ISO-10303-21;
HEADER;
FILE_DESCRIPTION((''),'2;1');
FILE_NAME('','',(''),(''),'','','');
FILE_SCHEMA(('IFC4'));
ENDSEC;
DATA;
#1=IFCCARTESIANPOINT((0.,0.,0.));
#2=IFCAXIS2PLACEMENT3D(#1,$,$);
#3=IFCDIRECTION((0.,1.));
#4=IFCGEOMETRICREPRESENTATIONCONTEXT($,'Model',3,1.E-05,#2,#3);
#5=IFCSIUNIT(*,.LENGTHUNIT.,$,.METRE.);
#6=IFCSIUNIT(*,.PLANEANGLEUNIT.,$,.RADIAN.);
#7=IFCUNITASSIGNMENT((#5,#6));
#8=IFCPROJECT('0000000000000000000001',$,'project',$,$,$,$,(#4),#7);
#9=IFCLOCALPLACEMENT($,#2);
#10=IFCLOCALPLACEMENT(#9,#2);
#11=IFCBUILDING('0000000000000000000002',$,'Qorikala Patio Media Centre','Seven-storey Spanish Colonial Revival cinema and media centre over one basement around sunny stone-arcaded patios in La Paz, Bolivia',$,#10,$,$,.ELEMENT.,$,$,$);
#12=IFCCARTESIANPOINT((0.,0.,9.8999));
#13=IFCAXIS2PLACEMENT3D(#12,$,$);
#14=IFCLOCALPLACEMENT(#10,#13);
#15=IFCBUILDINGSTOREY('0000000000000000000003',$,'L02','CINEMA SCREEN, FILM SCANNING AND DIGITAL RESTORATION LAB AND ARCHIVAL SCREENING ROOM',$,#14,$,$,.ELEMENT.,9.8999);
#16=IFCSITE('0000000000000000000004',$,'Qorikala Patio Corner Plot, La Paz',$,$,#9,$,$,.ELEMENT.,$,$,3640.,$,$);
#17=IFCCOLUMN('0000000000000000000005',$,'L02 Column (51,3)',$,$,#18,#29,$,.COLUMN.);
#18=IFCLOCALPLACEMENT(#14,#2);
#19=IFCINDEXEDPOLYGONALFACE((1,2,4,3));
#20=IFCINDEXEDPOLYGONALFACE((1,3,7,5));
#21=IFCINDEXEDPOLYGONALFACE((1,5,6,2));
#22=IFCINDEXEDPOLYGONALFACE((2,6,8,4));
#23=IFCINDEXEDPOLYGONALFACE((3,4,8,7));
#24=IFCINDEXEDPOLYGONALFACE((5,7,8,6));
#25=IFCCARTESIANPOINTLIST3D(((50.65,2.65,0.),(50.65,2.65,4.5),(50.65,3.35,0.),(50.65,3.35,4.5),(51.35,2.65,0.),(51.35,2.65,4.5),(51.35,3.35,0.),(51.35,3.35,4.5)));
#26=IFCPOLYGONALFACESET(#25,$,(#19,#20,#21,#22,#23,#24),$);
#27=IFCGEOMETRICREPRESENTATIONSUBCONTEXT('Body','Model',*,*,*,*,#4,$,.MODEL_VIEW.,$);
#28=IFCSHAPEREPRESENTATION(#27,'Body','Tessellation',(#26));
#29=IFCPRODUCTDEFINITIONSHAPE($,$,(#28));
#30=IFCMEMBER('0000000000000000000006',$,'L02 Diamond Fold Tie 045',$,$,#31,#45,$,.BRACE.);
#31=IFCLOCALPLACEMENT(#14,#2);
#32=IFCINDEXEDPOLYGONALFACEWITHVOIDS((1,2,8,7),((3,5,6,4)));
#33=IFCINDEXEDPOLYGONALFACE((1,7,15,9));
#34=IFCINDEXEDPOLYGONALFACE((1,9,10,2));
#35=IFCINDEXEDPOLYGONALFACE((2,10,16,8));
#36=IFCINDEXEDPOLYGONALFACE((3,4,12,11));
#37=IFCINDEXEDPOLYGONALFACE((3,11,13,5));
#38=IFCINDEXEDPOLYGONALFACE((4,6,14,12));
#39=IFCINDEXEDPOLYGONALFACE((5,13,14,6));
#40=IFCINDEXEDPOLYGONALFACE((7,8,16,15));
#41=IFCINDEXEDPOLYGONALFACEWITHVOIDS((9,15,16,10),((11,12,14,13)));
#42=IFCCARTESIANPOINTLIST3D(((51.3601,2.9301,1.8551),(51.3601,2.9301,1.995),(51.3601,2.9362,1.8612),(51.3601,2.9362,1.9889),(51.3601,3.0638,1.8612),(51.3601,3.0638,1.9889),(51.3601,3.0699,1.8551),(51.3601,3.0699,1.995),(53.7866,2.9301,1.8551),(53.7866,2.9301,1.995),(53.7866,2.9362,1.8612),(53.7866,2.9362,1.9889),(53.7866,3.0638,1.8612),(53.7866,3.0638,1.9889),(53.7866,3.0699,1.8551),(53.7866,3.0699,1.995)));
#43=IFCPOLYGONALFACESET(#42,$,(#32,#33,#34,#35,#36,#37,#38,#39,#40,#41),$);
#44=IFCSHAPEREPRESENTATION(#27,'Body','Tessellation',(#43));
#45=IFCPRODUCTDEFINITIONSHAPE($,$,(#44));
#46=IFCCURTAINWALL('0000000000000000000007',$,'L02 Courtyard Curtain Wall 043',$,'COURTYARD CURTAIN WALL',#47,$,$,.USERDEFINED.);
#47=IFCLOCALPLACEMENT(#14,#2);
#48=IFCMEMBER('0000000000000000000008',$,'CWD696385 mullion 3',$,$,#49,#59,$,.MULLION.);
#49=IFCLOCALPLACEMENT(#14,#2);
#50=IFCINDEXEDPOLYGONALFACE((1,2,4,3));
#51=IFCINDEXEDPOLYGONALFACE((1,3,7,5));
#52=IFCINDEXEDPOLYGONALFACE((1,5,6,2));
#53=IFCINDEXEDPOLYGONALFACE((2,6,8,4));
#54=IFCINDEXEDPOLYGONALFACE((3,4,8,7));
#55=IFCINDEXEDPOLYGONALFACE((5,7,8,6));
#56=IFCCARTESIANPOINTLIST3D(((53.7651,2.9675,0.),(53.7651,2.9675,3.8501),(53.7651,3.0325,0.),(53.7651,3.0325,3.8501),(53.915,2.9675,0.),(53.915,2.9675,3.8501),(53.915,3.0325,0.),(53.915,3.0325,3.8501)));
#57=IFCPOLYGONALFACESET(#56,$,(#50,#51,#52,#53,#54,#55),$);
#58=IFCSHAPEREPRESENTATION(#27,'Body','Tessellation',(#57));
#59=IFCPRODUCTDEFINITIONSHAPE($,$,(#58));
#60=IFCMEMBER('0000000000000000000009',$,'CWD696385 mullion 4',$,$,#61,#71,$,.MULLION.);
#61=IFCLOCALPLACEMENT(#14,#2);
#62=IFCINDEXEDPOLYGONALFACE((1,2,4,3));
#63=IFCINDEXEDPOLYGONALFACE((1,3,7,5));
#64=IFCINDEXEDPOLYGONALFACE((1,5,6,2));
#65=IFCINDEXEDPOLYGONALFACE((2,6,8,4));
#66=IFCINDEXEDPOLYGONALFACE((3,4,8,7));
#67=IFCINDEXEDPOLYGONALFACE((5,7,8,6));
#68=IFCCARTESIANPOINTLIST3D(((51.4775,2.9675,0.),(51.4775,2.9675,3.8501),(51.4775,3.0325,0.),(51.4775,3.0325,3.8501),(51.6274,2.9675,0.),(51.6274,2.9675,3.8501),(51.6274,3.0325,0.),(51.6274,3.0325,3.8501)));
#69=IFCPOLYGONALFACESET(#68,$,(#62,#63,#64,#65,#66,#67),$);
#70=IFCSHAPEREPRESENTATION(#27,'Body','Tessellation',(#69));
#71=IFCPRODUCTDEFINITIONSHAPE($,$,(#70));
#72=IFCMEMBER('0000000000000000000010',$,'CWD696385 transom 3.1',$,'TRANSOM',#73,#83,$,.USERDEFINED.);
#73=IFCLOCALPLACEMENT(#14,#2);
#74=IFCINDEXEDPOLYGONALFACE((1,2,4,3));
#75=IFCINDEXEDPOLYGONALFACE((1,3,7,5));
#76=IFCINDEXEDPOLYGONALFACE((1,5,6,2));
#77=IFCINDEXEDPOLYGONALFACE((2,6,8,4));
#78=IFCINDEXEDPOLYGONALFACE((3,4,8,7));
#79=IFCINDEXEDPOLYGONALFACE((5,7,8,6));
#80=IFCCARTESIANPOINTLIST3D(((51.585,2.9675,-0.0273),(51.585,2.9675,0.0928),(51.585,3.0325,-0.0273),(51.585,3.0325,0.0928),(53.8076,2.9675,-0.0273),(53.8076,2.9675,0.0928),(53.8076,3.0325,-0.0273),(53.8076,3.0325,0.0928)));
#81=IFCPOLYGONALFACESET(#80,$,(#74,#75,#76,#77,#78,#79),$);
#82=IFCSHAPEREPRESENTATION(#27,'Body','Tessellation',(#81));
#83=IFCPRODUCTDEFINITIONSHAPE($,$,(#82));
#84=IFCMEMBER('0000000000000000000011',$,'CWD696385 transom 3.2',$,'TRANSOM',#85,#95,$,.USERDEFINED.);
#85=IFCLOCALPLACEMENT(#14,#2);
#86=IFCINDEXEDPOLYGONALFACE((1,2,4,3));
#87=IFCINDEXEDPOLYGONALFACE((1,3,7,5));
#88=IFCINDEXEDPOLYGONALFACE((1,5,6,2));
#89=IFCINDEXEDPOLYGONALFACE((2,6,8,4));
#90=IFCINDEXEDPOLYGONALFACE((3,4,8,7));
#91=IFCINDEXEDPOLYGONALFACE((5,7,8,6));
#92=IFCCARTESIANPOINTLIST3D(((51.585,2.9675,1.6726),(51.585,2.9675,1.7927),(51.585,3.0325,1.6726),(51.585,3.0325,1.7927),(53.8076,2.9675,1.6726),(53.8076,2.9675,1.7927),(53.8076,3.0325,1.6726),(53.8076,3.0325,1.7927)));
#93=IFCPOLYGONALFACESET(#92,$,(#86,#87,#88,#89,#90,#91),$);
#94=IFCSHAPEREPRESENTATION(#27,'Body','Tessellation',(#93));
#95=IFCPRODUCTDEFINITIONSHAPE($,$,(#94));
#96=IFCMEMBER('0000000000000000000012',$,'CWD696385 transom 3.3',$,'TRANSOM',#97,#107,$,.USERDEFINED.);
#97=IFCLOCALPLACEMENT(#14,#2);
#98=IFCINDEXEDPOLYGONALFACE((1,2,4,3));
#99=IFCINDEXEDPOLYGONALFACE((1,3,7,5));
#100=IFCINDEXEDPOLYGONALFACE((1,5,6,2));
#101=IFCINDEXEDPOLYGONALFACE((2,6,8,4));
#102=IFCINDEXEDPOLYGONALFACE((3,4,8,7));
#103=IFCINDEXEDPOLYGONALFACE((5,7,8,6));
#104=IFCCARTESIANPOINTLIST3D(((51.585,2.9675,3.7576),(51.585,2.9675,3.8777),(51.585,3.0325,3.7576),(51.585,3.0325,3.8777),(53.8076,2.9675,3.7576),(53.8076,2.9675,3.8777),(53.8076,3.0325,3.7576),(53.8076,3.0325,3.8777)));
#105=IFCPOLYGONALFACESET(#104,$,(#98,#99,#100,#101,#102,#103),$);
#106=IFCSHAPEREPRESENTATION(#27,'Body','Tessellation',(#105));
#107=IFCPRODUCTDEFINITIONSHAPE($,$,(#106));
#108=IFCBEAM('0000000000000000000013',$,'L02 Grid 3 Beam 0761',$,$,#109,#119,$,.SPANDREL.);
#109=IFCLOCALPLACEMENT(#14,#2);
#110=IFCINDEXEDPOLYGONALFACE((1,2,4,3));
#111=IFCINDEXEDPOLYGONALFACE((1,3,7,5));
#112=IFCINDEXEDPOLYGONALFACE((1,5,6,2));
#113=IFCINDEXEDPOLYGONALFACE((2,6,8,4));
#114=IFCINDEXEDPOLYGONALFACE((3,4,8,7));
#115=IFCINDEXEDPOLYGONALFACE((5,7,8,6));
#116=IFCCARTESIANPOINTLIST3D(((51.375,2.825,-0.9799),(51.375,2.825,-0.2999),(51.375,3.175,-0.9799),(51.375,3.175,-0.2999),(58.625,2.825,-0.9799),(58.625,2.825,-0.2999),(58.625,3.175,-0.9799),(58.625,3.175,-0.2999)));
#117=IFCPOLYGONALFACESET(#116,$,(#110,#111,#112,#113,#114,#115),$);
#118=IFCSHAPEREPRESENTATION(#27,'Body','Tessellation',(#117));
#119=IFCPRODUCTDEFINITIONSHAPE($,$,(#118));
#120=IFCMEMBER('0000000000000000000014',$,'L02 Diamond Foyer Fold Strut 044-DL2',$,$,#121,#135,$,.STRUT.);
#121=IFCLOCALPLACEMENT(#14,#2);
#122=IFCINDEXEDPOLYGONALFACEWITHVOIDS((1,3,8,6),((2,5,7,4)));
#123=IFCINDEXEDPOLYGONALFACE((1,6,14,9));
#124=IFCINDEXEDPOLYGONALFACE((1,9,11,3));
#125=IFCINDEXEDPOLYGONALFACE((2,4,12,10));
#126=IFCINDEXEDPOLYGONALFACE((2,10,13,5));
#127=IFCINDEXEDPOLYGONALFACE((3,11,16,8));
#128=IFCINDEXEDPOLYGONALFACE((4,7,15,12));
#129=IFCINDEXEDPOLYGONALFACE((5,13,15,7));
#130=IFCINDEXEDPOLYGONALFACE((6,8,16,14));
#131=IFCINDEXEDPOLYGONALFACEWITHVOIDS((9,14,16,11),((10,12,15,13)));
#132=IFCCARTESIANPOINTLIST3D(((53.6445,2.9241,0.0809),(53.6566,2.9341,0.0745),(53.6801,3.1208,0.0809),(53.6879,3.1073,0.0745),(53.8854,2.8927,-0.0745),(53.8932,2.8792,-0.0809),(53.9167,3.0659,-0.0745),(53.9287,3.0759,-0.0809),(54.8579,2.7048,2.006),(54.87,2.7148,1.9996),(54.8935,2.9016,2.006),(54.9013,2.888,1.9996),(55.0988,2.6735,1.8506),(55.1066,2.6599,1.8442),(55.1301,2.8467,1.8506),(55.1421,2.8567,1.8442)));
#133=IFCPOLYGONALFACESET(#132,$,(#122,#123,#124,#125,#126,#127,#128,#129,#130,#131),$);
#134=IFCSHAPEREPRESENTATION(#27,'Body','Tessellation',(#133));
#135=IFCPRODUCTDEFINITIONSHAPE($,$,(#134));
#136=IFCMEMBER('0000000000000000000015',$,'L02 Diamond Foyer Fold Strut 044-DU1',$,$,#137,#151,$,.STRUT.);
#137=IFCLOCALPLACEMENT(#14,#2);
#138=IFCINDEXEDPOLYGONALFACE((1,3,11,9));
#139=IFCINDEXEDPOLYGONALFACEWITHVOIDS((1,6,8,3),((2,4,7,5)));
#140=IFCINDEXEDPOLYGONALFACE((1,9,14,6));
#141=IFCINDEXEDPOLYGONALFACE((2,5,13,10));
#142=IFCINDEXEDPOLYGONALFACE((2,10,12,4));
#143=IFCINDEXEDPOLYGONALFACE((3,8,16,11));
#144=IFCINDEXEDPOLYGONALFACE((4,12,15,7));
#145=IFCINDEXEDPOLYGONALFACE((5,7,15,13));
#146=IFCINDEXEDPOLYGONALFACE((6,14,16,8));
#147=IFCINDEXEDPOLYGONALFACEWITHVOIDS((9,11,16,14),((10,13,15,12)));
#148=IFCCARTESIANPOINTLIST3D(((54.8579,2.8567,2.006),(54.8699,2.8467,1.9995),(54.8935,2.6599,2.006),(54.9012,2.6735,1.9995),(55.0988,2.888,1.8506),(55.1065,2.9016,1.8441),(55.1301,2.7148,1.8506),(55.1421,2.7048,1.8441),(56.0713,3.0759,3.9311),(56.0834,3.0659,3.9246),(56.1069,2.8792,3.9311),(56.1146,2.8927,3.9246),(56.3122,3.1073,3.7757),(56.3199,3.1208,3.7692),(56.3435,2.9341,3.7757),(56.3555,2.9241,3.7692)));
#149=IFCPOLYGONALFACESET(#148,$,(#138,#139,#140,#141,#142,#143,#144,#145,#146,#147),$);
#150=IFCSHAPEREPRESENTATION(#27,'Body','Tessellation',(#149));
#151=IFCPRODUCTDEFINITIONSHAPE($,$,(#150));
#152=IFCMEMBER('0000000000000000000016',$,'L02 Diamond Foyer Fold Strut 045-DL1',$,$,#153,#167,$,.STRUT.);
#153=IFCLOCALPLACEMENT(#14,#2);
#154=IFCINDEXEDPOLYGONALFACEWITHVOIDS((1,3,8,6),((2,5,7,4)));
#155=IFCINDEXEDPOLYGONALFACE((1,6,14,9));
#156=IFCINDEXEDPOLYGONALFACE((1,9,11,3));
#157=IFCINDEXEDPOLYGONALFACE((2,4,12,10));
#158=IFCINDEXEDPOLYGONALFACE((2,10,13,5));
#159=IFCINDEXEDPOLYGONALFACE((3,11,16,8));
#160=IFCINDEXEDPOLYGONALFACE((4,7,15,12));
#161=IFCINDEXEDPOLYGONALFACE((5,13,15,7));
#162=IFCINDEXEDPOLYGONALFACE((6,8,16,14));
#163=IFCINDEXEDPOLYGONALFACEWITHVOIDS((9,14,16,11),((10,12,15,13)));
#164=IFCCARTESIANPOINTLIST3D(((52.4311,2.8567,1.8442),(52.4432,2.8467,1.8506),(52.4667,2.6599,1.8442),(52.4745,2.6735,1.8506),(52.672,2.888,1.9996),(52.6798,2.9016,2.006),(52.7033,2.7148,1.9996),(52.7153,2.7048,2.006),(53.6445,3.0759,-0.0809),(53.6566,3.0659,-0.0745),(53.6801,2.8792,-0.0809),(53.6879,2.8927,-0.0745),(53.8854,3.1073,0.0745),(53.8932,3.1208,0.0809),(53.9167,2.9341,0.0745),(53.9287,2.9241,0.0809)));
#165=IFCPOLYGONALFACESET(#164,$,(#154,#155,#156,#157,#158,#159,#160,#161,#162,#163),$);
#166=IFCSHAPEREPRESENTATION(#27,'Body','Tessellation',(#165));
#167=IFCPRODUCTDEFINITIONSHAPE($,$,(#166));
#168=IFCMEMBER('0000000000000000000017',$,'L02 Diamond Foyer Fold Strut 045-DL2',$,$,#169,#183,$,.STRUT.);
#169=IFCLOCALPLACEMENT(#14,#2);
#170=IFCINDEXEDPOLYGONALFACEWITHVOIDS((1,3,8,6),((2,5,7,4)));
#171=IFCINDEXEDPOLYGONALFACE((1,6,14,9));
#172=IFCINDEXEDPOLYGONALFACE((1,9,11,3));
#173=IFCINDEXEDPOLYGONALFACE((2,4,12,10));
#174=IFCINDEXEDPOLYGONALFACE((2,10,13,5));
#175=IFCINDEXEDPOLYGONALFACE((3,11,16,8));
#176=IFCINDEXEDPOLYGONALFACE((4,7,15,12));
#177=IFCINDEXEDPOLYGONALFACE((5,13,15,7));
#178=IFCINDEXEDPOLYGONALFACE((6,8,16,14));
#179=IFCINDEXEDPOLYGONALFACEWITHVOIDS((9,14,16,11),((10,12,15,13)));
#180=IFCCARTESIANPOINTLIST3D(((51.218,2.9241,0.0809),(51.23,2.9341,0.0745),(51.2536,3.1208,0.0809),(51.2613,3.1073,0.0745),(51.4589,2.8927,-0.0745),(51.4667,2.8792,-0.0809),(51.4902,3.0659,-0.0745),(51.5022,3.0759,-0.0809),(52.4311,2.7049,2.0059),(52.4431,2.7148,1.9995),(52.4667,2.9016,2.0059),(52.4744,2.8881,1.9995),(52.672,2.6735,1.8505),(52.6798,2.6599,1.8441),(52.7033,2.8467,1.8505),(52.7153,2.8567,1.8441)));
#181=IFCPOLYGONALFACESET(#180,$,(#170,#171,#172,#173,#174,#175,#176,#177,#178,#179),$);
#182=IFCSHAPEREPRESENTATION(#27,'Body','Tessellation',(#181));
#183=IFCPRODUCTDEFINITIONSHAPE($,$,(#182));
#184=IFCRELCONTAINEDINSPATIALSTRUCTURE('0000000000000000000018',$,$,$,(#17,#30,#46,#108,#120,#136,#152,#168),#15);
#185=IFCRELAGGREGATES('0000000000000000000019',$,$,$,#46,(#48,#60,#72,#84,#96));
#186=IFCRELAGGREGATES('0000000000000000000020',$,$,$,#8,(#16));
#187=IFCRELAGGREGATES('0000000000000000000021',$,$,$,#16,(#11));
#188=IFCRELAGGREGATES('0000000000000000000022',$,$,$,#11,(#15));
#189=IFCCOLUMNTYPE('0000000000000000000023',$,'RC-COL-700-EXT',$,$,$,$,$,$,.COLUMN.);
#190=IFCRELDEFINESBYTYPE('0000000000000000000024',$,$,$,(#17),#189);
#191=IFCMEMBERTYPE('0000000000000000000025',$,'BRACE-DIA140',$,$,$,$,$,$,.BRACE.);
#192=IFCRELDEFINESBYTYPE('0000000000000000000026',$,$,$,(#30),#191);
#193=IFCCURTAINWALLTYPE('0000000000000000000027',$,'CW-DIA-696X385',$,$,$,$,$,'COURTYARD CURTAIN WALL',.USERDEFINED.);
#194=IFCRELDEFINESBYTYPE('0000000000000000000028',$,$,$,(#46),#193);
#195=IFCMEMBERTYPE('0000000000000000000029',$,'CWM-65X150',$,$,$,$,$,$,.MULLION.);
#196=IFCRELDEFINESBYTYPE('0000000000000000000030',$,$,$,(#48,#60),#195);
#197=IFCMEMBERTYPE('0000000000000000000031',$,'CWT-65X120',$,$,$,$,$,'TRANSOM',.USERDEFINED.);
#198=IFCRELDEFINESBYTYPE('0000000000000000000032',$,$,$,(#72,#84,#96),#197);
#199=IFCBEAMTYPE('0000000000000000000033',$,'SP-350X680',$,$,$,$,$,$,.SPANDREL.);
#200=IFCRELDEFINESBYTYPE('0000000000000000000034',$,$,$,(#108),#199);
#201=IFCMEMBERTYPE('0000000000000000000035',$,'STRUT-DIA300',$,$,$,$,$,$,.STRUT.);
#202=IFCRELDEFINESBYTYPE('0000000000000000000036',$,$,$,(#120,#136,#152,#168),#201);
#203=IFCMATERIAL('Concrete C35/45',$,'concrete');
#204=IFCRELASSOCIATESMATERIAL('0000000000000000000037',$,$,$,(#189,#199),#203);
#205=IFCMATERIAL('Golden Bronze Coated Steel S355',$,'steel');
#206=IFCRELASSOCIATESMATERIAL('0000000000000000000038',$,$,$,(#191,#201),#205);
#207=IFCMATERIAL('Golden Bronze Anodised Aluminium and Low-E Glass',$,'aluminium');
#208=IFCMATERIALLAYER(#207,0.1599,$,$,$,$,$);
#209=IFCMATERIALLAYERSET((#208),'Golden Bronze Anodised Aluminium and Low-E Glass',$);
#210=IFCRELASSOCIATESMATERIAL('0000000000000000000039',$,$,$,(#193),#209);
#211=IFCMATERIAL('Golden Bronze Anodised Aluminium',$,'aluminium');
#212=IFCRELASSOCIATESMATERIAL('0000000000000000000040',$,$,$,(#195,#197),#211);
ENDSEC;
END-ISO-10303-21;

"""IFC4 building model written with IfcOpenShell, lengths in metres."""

from ifc_helpers import new_model, si_unit, direction, frame, origin, origin_2d, place, context, subcontext, project, spatial, rectangle, hollow_rectangle, extrude, material, layer, layer_set, material_profile, profile_set, type_object, element, aggregate, save


model = new_model("IFC4")

# Units and contexts
model_context = context("Model", 3, precision=1e-05, world=origin(), true_north=direction((0.0, 1.0)))
body_context = subcontext(model_context, "Body", "Model", "MODEL_VIEW")
ifc_project = project(units=[si_unit("LENGTHUNIT", "METRE"), si_unit("PLANEANGLEUNIT", "RADIAN")], contexts=[model_context])

# Site, building, storey
site_placement = place(None, origin())
site = spatial("IfcSite", under=ifc_project, at=site_placement, Name="Qorikala Patio Corner Plot, La Paz", CompositionType="ELEMENT", RefElevation=3640.0)
building_placement = place(site_placement, origin())
building = spatial("IfcBuilding", under=site, at=building_placement, Name="Qorikala Patio Media Centre", Description="Seven-storey Spanish Colonial Revival cinema and media centre over one basement around sunny stone-arcaded patios in La Paz, Bolivia", CompositionType="ELEMENT")
storey_placement = place(building_placement, frame((0.0, 0.0, 9.8999)))
storey = spatial("IfcBuildingStorey", under=building, at=storey_placement, Name="L02", Description="CINEMA SCREEN, FILM SCANNING AND DIGITAL RESTORATION LAB AND ARCHIVAL SCREENING ROOM", CompositionType="ELEMENT", Elevation=9.8999)

# Column
ifc_material_1 = material(Name="Concrete C35/45", Category="concrete")
ifc_material_profile_1 = material_profile(ifc_material_1, rectangle(XDim=0.7, YDim=0.7, at=origin_2d()), Name="RC 700x700")
ifc_profile_set_1 = profile_set([ifc_material_profile_1], Name="Concrete C35/45")
column_type = type_object("IfcColumnType", Name="RC-COL-700-EXT", PredefinedType="COLUMN", material=ifc_profile_set_1)
column_placement = place(storey_placement, frame((51.0, 3.0, 0.0), z_axis=(0.0, 0.0, 1.0), x_axis=(1.0, 0.0, 0.0)))
element("IfcColumn", 1, at=column_placement, inside=storey, type_object=column_type, Name="L02 Column (51,3)", PredefinedType="COLUMN", context=body_context, shape_type="SweptSolid", body=[
    extrude(rectangle(XDim=0.7, YDim=0.7, at=origin_2d()), origin(), (0.0, 0.0, 1.0), 4.5),
])

# Member
ifc_material_2 = material(Name="Golden Bronze Coated Steel S355", Category="steel")
ifc_material_profile_2 = material_profile(ifc_material_2, hollow_rectangle(XDim=0.1399, YDim=0.1399, WallThickness=0.0061, at=origin_2d()), Name="HSS140X140X6")
ifc_profile_set_2 = profile_set([ifc_material_profile_2], Name="Golden Bronze Coated Steel S355")
member_type_1 = type_object("IfcMemberType", Name="BRACE-DIA140", PredefinedType="BRACE", material=ifc_profile_set_2)
member_1_placement = place(storey_placement, frame((53.7866, 3.0, 1.925), z_axis=(-1.0, 0.0, 0.0), x_axis=(0.0, -1.0, 0.0)))
element("IfcMember", 2, at=member_1_placement, inside=storey, type_object=member_type_1, Name="L02 Diamond Fold Tie 045", PredefinedType="BRACE", context=body_context, shape_type="SweptSolid", body=[
    extrude(hollow_rectangle(XDim=0.1399, YDim=0.1399, WallThickness=0.0061, at=origin_2d()), origin(), (0.0, 0.0, 1.0), 2.4265),
])

# Curtain wall, members
ifc_material_3 = material(Name="Golden Bronze Anodised Aluminium and Low-E Glass", Category="aluminium")
ifc_layer_1 = layer(ifc_material_3, 0.1599)
ifc_layer_set_1 = layer_set([ifc_layer_1], Name="Golden Bronze Anodised Aluminium and Low-E Glass")
curtain_wall_type = type_object("IfcCurtainWallType", Name="CW-DIA-696X385", ElementType="COURTYARD CURTAIN WALL", PredefinedType="USERDEFINED", material=ifc_layer_set_1)
curtain_wall_placement = place(storey_placement, origin())
curtain_wall = element("IfcCurtainWall", 3, at=curtain_wall_placement, inside=storey, type_object=curtain_wall_type, Name="L02 Courtyard Curtain Wall 043", ObjectType="COURTYARD CURTAIN WALL", PredefinedType="USERDEFINED")
ifc_material_4 = material(Name="Golden Bronze Anodised Aluminium", Category="aluminium")
ifc_material_profile_3 = material_profile(ifc_material_4, rectangle(XDim=0.0649, YDim=0.1499, at=origin_2d()), Name="ALU MULLION 65x150")
ifc_profile_set_3 = profile_set([ifc_material_profile_3], Name="Golden Bronze Anodised Aluminium")
member_type_2 = type_object("IfcMemberType", Name="CWM-65X150", PredefinedType="MULLION", material=ifc_profile_set_3)
member_2_placement = place(storey_placement, frame((53.8401, 3.0, 0.0), z_axis=(0.0, 0.0, 1.0), x_axis=(0.0, -1.0, 0.0)))
member_2 = element("IfcMember", 4, at=member_2_placement, type_object=member_type_2, Name="CWD696385 mullion 3", PredefinedType="MULLION", context=body_context, shape_type="SweptSolid", body=[
    extrude(rectangle(XDim=0.0649, YDim=0.1499, at=origin_2d()), origin(), (0.0, 0.0, 1.0), 3.8501),
])
member_3_placement = place(storey_placement, frame((51.5525, 3.0, 0.0), z_axis=(0.0, 0.0, 1.0), x_axis=(0.0, -1.0, 0.0)))
member_3 = element("IfcMember", 5, at=member_3_placement, type_object=member_type_2, Name="CWD696385 mullion 4", PredefinedType="MULLION", context=body_context, shape_type="SweptSolid", body=[
    extrude(rectangle(XDim=0.0649, YDim=0.1499, at=origin_2d()), origin(), (0.0, 0.0, 1.0), 3.8501),
])
ifc_material_profile_4 = material_profile(ifc_material_4, rectangle(XDim=0.0649, YDim=0.1201, at=origin_2d()), Name="ALU TRANSOM 65x120")
ifc_profile_set_4 = profile_set([ifc_material_profile_4], Name="Golden Bronze Anodised Aluminium")
member_type_3 = type_object("IfcMemberType", Name="CWT-65X120", ElementType="TRANSOM", PredefinedType="USERDEFINED", material=ifc_profile_set_4)
member_4_placement = place(storey_placement, frame((53.8076, 3.0, 0.0327), z_axis=(-1.0, 0.0, 0.0), x_axis=(0.0, -1.0, 0.0)))
member_4 = element("IfcMember", 6, at=member_4_placement, type_object=member_type_3, Name="CWD696385 transom 3.1", ObjectType="TRANSOM", PredefinedType="USERDEFINED", context=body_context, shape_type="SweptSolid", body=[
    extrude(rectangle(XDim=0.0649, YDim=0.1201, at=origin_2d()), origin(), (0.0, 0.0, 1.0), 2.2227),
])
member_5_placement = place(storey_placement, frame((53.8076, 3.0, 1.7327), z_axis=(-1.0, 0.0, 0.0), x_axis=(0.0, -1.0, 0.0)))
member_5 = element("IfcMember", 7, at=member_5_placement, type_object=member_type_3, Name="CWD696385 transom 3.2", ObjectType="TRANSOM", PredefinedType="USERDEFINED", context=body_context, shape_type="SweptSolid", body=[
    extrude(rectangle(XDim=0.0649, YDim=0.1201, at=origin_2d()), origin(), (0.0, 0.0, 1.0), 2.2227),
])
member_6_placement = place(storey_placement, frame((53.8076, 3.0, 3.8176), z_axis=(-1.0, 0.0, 0.0), x_axis=(0.0, -1.0, 0.0)))
member_6 = element("IfcMember", 8, at=member_6_placement, type_object=member_type_3, Name="CWD696385 transom 3.3", ObjectType="TRANSOM", PredefinedType="USERDEFINED", context=body_context, shape_type="SweptSolid", body=[
    extrude(rectangle(XDim=0.0649, YDim=0.1201, at=origin_2d()), origin(), (0.0, 0.0, 1.0), 2.2227),
])

# Beam
ifc_material_profile_5 = material_profile(ifc_material_1, rectangle(XDim=0.3501, YDim=0.6799, at=origin_2d()), Name="RC 350x680")
ifc_profile_set_5 = profile_set([ifc_material_profile_5], Name="Concrete C35/45")
beam_type = type_object("IfcBeamType", Name="SP-350X680", PredefinedType="SPANDREL", material=ifc_profile_set_5)
beam_placement = place(storey_placement, frame((51.375, 3.0, -0.6399), z_axis=(1.0, 0.0, 0.0), x_axis=(0.0, 1.0, 0.0)))
element("IfcBeam", 9, at=beam_placement, inside=storey, type_object=beam_type, Name="L02 Grid 3 Beam 0761", PredefinedType="SPANDREL", context=body_context, shape_type="SweptSolid", body=[
    extrude(rectangle(XDim=0.3501, YDim=0.6799, at=origin_2d()), origin(), (0.0, 0.0, 1.0), 7.25),
])

# Members
ifc_material_profile_6 = material_profile(ifc_material_2, hollow_rectangle(XDim=0.2, YDim=0.3, WallThickness=0.012, at=origin_2d()), Name="HSS300X200X12")
ifc_profile_set_6 = profile_set([ifc_material_profile_6], Name="Golden Bronze Coated Steel S355")
member_type_4 = type_object("IfcMemberType", Name="STRUT-DIA300", PredefinedType="STRUT", material=ifc_profile_set_6)
for number, where, z_axis, x_axis, name in (
    (10, (53.7866, 3.0, 0.0), (0.530768, -0.095901, 0.842074), (0.177805, 0.984066, 0.0), "L02 Diamond Foyer Fold Strut 044-DL2"),
    (11, (55.0, 2.7808, 1.925), (0.530768, 0.095901, 0.842074), (-0.177805, 0.984066, 0.0), "L02 Diamond Foyer Fold Strut 044-DU1"),
    (12, (53.7866, 3.0, 0.0), (-0.530768, -0.095901, 0.842074), (0.177805, -0.984066, 0.0), "L02 Diamond Foyer Fold Strut 045-DL1"),
):
    element("IfcMember", number, at=place(storey_placement, frame(where, z_axis=z_axis, x_axis=x_axis)), inside=storey, type_object=member_type_4, Name=name, PredefinedType="STRUT", context=body_context, shape_type="SweptSolid", body=[
        extrude(hollow_rectangle(XDim=0.2, YDim=0.3, WallThickness=0.012, at=origin_2d()), origin(), (0.0, 0.0, 1.0), 2.2861),
    ])
member_7_placement = place(storey_placement, frame((51.3601, 3.0, 0.0), z_axis=(0.530691, -0.095907, 0.842121), x_axis=(0.17784, 0.984059, 0.0)))
element("IfcMember", 13, at=member_7_placement, inside=storey, type_object=member_type_4, Name="L02 Diamond Foyer Fold Strut 045-DL2", PredefinedType="STRUT", context=body_context, shape_type="SweptSolid", body=[
    extrude(hollow_rectangle(XDim=0.2, YDim=0.3, WallThickness=0.012, at=origin_2d()), origin(), (0.0, 0.0, 1.0), 2.2859),
])

aggregate(curtain_wall, [member_2, member_3, member_4, member_5, member_6])

save(model, "model.ifc")
